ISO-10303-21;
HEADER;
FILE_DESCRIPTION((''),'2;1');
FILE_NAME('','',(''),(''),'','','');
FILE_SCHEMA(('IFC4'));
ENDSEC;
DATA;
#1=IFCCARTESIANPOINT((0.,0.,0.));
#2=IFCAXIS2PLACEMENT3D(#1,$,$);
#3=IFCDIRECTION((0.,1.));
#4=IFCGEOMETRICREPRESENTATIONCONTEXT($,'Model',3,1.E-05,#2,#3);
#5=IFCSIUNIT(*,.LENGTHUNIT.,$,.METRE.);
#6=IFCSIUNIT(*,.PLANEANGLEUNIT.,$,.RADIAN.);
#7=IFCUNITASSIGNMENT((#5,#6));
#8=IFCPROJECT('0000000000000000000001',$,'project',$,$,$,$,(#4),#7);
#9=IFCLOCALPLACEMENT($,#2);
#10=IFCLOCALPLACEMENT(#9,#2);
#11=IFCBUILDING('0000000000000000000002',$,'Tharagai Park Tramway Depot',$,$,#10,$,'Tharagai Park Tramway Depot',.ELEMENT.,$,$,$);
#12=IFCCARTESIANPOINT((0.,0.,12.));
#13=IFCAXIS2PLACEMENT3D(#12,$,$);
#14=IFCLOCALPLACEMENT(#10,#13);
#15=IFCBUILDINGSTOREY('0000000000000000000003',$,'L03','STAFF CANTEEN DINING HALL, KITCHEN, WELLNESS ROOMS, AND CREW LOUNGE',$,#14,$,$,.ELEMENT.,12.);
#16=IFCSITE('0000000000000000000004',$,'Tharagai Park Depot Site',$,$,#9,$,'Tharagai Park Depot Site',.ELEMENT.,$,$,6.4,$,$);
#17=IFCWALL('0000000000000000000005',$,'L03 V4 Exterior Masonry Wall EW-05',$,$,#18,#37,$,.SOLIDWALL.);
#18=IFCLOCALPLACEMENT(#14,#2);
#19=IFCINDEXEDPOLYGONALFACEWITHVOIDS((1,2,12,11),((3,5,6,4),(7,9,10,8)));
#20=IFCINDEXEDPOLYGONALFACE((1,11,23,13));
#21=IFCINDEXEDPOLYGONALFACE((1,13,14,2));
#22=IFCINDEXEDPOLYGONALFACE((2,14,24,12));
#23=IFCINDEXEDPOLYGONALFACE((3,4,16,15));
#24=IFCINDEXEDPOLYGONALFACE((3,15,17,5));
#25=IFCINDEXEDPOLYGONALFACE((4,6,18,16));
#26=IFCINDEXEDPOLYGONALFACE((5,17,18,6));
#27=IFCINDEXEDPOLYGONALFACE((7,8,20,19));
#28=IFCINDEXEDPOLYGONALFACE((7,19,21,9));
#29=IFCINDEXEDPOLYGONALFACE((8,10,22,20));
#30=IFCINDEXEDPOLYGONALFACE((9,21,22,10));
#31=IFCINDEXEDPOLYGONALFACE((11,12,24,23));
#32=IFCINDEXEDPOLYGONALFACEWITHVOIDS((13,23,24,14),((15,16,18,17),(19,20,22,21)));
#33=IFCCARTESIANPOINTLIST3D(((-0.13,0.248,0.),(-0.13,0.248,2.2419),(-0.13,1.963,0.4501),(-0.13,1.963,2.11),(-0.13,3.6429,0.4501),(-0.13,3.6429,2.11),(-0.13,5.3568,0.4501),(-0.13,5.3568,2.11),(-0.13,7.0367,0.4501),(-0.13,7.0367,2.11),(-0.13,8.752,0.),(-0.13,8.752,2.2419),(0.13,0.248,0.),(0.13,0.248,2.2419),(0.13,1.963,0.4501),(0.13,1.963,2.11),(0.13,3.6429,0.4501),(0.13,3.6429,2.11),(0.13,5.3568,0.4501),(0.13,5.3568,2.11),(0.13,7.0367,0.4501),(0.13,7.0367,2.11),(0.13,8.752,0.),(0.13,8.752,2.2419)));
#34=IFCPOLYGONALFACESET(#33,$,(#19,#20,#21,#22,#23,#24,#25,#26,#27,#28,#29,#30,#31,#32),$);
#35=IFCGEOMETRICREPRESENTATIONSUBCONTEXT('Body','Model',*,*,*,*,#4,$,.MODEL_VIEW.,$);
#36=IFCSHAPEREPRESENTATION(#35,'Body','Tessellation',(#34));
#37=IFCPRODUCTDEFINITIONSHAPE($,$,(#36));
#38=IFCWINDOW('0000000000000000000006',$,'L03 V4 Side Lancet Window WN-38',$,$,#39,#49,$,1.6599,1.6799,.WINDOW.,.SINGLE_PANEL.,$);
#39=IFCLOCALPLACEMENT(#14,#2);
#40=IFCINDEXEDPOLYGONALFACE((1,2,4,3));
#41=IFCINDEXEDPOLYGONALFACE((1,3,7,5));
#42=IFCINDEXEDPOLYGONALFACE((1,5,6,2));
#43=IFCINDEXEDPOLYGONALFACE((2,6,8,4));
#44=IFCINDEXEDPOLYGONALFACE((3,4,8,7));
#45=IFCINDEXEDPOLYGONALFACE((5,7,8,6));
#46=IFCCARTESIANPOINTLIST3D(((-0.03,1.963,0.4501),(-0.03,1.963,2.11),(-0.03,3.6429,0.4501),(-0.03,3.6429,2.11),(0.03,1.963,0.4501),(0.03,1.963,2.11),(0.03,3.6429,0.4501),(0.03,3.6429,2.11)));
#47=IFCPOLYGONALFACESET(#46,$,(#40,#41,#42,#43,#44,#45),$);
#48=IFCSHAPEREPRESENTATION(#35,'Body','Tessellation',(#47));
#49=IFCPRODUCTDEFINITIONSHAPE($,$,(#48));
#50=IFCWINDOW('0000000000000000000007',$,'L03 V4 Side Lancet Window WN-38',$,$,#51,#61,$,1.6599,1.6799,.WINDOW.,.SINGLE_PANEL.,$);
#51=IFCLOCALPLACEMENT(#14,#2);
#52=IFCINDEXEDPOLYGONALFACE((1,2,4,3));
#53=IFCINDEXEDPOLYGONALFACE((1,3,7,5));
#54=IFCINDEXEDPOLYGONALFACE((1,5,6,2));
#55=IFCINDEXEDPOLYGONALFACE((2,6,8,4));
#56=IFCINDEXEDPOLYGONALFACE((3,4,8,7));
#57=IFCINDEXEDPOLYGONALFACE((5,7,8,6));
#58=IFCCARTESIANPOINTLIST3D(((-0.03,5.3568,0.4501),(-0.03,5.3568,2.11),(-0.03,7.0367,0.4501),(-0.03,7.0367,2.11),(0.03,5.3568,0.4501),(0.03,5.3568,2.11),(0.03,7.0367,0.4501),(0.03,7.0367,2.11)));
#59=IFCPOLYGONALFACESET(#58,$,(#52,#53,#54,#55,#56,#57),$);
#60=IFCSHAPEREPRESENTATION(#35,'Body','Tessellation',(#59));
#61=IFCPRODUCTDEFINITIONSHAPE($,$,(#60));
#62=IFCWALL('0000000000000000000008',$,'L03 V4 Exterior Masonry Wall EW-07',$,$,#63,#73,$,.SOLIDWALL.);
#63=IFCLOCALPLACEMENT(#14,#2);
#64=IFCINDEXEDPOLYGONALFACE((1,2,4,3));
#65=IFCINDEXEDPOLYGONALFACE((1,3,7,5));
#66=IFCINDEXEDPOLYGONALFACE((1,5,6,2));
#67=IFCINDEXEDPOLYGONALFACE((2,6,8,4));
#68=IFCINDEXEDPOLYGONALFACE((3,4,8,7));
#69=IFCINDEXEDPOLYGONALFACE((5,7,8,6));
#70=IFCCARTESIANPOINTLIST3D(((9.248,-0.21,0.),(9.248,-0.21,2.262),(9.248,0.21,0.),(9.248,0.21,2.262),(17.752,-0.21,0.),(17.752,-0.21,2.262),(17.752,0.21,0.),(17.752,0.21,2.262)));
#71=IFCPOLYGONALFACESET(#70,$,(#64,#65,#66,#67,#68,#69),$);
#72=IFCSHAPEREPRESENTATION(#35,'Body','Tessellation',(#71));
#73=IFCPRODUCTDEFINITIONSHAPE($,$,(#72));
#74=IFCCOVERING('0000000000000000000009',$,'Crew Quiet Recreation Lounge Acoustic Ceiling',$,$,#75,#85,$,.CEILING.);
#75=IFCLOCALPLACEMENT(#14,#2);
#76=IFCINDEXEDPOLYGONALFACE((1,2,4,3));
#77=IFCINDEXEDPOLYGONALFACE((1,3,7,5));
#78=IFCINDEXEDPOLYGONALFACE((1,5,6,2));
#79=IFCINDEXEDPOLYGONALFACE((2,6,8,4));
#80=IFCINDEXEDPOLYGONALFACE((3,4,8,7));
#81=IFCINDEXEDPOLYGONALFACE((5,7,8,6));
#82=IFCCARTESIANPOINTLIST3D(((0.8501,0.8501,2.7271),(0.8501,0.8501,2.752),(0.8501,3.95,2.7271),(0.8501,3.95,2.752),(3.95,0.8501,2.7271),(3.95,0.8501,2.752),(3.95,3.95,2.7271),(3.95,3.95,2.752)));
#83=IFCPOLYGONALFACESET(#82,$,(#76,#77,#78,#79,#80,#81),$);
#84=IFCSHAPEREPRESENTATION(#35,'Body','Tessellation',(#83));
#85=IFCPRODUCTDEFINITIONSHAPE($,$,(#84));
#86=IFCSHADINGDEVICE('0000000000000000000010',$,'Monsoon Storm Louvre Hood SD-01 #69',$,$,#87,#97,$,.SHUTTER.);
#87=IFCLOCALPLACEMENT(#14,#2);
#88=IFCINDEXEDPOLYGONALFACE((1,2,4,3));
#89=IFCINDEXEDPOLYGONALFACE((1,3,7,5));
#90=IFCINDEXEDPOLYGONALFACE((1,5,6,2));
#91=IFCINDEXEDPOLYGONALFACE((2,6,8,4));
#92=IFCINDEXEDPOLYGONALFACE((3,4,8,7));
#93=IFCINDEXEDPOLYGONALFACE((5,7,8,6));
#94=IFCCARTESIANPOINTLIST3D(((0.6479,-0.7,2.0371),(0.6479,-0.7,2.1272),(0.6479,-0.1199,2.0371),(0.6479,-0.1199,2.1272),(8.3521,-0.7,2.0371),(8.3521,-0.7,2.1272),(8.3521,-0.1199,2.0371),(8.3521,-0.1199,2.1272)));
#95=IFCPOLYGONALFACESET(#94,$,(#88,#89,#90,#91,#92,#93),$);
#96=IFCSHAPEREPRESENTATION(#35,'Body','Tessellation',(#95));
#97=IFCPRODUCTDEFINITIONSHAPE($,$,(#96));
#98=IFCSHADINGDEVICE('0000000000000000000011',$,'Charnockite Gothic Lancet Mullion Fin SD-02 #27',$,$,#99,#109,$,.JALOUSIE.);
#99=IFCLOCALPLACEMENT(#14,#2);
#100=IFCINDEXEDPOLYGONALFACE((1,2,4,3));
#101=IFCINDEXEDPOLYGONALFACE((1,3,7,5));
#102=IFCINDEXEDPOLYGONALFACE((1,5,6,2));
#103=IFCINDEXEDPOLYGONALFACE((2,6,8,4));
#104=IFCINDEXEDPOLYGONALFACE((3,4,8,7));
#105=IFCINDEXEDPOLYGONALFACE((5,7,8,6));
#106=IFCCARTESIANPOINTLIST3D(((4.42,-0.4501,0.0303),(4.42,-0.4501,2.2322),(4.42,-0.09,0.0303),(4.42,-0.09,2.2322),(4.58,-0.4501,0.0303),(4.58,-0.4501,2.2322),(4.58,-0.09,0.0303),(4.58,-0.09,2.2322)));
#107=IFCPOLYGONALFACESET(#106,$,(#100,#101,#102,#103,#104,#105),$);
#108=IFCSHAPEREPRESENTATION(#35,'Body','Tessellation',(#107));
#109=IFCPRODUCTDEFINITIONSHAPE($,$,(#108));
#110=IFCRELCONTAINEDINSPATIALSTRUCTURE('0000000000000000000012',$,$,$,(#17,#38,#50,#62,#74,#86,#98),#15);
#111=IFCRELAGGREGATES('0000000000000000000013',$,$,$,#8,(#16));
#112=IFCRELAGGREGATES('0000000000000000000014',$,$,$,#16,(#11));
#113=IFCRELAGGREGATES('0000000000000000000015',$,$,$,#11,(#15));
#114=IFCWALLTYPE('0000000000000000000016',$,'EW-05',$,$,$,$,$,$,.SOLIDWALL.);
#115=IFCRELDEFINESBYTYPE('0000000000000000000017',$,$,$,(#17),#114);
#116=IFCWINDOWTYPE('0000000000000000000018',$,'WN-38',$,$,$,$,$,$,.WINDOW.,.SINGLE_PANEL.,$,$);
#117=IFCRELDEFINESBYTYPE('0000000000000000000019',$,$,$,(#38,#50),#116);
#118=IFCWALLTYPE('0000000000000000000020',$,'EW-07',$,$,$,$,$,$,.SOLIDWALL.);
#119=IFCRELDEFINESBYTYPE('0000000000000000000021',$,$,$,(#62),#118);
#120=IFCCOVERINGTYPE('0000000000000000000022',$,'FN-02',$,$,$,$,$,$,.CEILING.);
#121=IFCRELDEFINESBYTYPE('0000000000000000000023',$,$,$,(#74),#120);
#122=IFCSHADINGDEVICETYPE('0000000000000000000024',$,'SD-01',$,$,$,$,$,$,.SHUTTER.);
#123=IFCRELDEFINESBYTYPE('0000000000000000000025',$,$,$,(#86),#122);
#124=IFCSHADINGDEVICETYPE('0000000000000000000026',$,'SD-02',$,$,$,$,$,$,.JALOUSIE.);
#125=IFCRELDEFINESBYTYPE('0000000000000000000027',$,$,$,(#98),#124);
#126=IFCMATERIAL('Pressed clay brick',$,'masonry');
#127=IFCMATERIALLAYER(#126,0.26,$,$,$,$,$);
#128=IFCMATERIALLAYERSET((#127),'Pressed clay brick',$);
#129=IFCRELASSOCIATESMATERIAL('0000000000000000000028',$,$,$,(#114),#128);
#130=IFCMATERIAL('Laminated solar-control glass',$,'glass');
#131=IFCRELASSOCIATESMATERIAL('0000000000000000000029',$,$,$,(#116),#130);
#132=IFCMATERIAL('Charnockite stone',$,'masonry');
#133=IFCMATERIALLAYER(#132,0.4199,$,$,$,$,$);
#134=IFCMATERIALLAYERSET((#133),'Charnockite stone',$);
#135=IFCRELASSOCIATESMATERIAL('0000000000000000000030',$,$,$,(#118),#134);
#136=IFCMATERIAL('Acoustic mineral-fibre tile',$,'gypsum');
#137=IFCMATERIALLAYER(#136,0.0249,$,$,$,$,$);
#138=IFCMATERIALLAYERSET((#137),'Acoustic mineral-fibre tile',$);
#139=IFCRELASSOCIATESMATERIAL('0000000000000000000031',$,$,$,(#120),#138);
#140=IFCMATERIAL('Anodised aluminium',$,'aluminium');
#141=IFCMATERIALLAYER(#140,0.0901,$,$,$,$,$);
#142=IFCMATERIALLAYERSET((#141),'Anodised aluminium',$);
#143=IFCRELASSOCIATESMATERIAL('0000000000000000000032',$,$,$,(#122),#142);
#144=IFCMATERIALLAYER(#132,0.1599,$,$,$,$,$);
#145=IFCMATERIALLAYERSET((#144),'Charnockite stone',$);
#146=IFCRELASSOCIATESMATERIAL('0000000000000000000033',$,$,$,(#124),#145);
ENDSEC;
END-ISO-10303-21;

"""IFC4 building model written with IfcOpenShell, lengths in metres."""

from ifc_helpers import new_model, si_unit, direction, frame, frame_2d, origin, origin_2d, place, context, subcontext, project, spatial, polyline, rectangle, outline, extrude, material, layer, layer_set, type_object, element, fill, save


model = new_model("IFC4")

# Units and contexts
model_context = context("Model", 3, precision=1e-05, world=origin(), true_north=direction((0.0, 1.0)))
body_context = subcontext(model_context, "Body", "Model", "MODEL_VIEW")
ifc_project = project(units=[si_unit("LENGTHUNIT", "METRE"), si_unit("PLANEANGLEUNIT", "RADIAN")], contexts=[model_context])

# Site, building, storey
site_placement = place(None, origin())
site = spatial("IfcSite", under=ifc_project, at=site_placement, Name="Tharagai Park Depot Site", LongName="Tharagai Park Depot Site", CompositionType="ELEMENT", RefElevation=6.4)
building_placement = place(site_placement, origin())
building = spatial("IfcBuilding", under=site, at=building_placement, Name="Tharagai Park Tramway Depot", LongName="Tharagai Park Tramway Depot", CompositionType="ELEMENT")
storey_placement = place(building_placement, frame((0.0, 0.0, 12.0)))
storey = spatial("IfcBuildingStorey", under=building, at=storey_placement, Name="L03", Description="STAFF CANTEEN DINING HALL, KITCHEN, WELLNESS ROOMS, AND CREW LOUNGE", CompositionType="ELEMENT", Elevation=12.0)

# Shared definitions
ifc_material_1 = material(Name="Laminated solar-control glass", Category="glass")

# Wall, openings, windows
ifc_material_2 = material(Name="Pressed clay brick", Category="masonry")
ifc_layer_1 = layer(ifc_material_2, 0.26)
ifc_layer_set_1 = layer_set([ifc_layer_1], Name="Pressed clay brick")
wall_type_1 = type_object("IfcWallType", Name="EW-05", PredefinedType="SOLIDWALL", material=ifc_layer_set_1)
wall_1_placement = place(storey_placement, frame((0.0, 0.248, 0.0), z_axis=(0.0, 0.0, 1.0), x_axis=(0.0, 1.0, 0.0)))
wall_1 = element("IfcWall", 1, at=wall_1_placement, inside=storey, type_object=wall_type_1, Name="L03 V4 Exterior Masonry Wall EW-05", PredefinedType="SOLIDWALL", context=body_context, shape_type="SweptSolid", body=[
    extrude(rectangle(XDim=8.5039, YDim=0.26, at=frame_2d((4.252, 0.0))), origin(), (0.0, 0.0, 1.0), 2.2419),
])
opening_1_placement = place(wall_1_placement, frame((1.7151, 0.0, 0.45)))
opening_1 = element("IfcOpeningElement", 2, at=opening_1_placement, cuts=wall_1, PredefinedType="OPENING", context=body_context, shape_type="SweptSolid", body=[
    extrude(rectangle(XDim=1.6799, YDim=1.6599, at=frame_2d((0.8398, 0.8301))), frame((0.0, 0.1399, 0.0), z_axis=(0.0, -1.0, 0.0), x_axis=(1.0, 0.0, 0.0)), (0.0, 0.0, 1.0), 0.28),
])
opening_2_placement = place(wall_1_placement, frame((5.1089, 0.0, 0.45)))
opening_2 = element("IfcOpeningElement", 3, at=opening_2_placement, cuts=wall_1, PredefinedType="OPENING", context=body_context, shape_type="SweptSolid", body=[
    extrude(rectangle(XDim=1.6799, YDim=1.6599, at=frame_2d((0.8398, 0.8301))), frame((0.0, 0.1399, 0.0), z_axis=(0.0, -1.0, 0.0), x_axis=(1.0, 0.0, 0.0)), (0.0, 0.0, 1.0), 0.28),
])
window_type_1 = type_object("IfcWindowType", Name="WN-38", PartitioningType="SINGLE_PANEL", PredefinedType="WINDOW", material=ifc_material_1)
window_1_placement = place(opening_1_placement, origin())
window_1 = element("IfcWindow", 4, at=window_1_placement, inside=storey, type_object=window_type_1, Name="L03 V4 Side Lancet Window WN-38", OverallHeight=1.6599, OverallWidth=1.6799, PartitioningType="SINGLE_PANEL", PredefinedType="WINDOW", context=body_context, shape_type="SweptSolid", body=[
    extrude(rectangle(XDim=1.6799, YDim=1.6599, at=frame_2d((0.8398, 0.8301))), frame((0.0, 0.03, 0.0), z_axis=(0.0, -1.0, 0.0), x_axis=(1.0, 0.0, 0.0)), (0.0, 0.0, 1.0), 0.0601),
])
fill(opening_1, window_1)
window_2_placement = place(opening_2_placement, origin())
window_2 = element("IfcWindow", 5, at=window_2_placement, inside=storey, type_object=window_type_1, Name="L03 V4 Side Lancet Window WN-38", OverallHeight=1.6599, OverallWidth=1.6799, PartitioningType="SINGLE_PANEL", PredefinedType="WINDOW", context=body_context, shape_type="SweptSolid", body=[
    extrude(rectangle(XDim=1.6799, YDim=1.6599, at=frame_2d((0.8398, 0.8301))), frame((0.0, 0.03, 0.0), z_axis=(0.0, -1.0, 0.0), x_axis=(1.0, 0.0, 0.0)), (0.0, 0.0, 1.0), 0.0601),
])
fill(opening_2, window_2)

# Wall
ifc_material_3 = material(Name="Charnockite stone", Category="masonry")
ifc_layer_2 = layer(ifc_material_3, 0.4199)
ifc_layer_set_2 = layer_set([ifc_layer_2], Name="Charnockite stone")
wall_type_2 = type_object("IfcWallType", Name="EW-07", PredefinedType="SOLIDWALL", material=ifc_layer_set_2)
wall_2_placement = place(storey_placement, frame((9.248, 0.0, 0.0), z_axis=(0.0, 0.0, 1.0), x_axis=(1.0, 0.0, 0.0)))
element("IfcWall", 6, at=wall_2_placement, inside=storey, type_object=wall_type_2, Name="L03 V4 Exterior Masonry Wall EW-07", PredefinedType="SOLIDWALL", context=body_context, shape_type="SweptSolid", body=[
    extrude(rectangle(XDim=8.5039, YDim=0.4199, at=frame_2d((4.252, 0.0))), origin(), (0.0, 0.0, 1.0), 2.262),
])

# Covering
ifc_material_4 = material(Name="Acoustic mineral-fibre tile", Category="gypsum")
ifc_layer_3 = layer(ifc_material_4, 0.0249)
ifc_layer_set_3 = layer_set([ifc_layer_3], Name="Acoustic mineral-fibre tile")
covering_type = type_object("IfcCoveringType", Name="FN-02", PredefinedType="CEILING", material=ifc_layer_set_3)
covering_placement = place(storey_placement, frame((0.0, 0.0, 2.7271)))
element("IfcCovering", 7, at=covering_placement, inside=storey, type_object=covering_type, Name="Crew Quiet Recreation Lounge Acoustic Ceiling", PredefinedType="CEILING", context=body_context, shape_type="SweptSolid", body=[
    extrude(outline(polyline([(0.8501, 0.8501), (3.95, 0.8501), (3.95, 3.95), (0.8501, 3.95), (0.8501, 0.8501)])), origin(), (0.0, 0.0, 1.0), 0.0249),
])

# Shading devices
ifc_material_5 = material(Name="Anodised aluminium", Category="aluminium")
ifc_layer_4 = layer(ifc_material_5, 0.0901)
ifc_layer_set_4 = layer_set([ifc_layer_4], Name="Anodised aluminium")
shading_device_type_1 = type_object("IfcShadingDeviceType", Name="SD-01", PredefinedType="SHUTTER", material=ifc_layer_set_4)
shading_device_1_placement = place(storey_placement, frame((4.5, -0.4099, 2.0371), z_axis=(0.0, 0.0, 1.0), x_axis=(1.0, 0.0, 0.0)))
element("IfcShadingDevice", 8, at=shading_device_1_placement, inside=storey, type_object=shading_device_type_1, Name="Monsoon Storm Louvre Hood SD-01 #69", PredefinedType="SHUTTER", context=body_context, shape_type="SweptSolid", body=[
    extrude(rectangle(XDim=7.7041, YDim=0.5801, at=origin_2d()), origin(), (0.0, 0.0, 1.0), 0.0901),
])
ifc_layer_5 = layer(ifc_material_3, 0.1599)
ifc_layer_set_5 = layer_set([ifc_layer_5], Name="Charnockite stone")
shading_device_type_2 = type_object("IfcShadingDeviceType", Name="SD-02", PredefinedType="JALOUSIE", material=ifc_layer_set_5)
shading_device_2_placement = place(storey_placement, frame((4.5, -0.27, 0.0303), z_axis=(0.0, 0.0, 1.0), x_axis=(1.0, 0.0, 0.0)))
element("IfcShadingDevice", 9, at=shading_device_2_placement, inside=storey, type_object=shading_device_type_2, Name="Charnockite Gothic Lancet Mullion Fin SD-02 #27", PredefinedType="JALOUSIE", context=body_context, shape_type="SweptSolid", body=[
    extrude(rectangle(XDim=0.1599, YDim=0.3601, at=origin_2d()), origin(), (0.0, 0.0, 1.0), 2.2019),
])

save(model, "model.ifc")
